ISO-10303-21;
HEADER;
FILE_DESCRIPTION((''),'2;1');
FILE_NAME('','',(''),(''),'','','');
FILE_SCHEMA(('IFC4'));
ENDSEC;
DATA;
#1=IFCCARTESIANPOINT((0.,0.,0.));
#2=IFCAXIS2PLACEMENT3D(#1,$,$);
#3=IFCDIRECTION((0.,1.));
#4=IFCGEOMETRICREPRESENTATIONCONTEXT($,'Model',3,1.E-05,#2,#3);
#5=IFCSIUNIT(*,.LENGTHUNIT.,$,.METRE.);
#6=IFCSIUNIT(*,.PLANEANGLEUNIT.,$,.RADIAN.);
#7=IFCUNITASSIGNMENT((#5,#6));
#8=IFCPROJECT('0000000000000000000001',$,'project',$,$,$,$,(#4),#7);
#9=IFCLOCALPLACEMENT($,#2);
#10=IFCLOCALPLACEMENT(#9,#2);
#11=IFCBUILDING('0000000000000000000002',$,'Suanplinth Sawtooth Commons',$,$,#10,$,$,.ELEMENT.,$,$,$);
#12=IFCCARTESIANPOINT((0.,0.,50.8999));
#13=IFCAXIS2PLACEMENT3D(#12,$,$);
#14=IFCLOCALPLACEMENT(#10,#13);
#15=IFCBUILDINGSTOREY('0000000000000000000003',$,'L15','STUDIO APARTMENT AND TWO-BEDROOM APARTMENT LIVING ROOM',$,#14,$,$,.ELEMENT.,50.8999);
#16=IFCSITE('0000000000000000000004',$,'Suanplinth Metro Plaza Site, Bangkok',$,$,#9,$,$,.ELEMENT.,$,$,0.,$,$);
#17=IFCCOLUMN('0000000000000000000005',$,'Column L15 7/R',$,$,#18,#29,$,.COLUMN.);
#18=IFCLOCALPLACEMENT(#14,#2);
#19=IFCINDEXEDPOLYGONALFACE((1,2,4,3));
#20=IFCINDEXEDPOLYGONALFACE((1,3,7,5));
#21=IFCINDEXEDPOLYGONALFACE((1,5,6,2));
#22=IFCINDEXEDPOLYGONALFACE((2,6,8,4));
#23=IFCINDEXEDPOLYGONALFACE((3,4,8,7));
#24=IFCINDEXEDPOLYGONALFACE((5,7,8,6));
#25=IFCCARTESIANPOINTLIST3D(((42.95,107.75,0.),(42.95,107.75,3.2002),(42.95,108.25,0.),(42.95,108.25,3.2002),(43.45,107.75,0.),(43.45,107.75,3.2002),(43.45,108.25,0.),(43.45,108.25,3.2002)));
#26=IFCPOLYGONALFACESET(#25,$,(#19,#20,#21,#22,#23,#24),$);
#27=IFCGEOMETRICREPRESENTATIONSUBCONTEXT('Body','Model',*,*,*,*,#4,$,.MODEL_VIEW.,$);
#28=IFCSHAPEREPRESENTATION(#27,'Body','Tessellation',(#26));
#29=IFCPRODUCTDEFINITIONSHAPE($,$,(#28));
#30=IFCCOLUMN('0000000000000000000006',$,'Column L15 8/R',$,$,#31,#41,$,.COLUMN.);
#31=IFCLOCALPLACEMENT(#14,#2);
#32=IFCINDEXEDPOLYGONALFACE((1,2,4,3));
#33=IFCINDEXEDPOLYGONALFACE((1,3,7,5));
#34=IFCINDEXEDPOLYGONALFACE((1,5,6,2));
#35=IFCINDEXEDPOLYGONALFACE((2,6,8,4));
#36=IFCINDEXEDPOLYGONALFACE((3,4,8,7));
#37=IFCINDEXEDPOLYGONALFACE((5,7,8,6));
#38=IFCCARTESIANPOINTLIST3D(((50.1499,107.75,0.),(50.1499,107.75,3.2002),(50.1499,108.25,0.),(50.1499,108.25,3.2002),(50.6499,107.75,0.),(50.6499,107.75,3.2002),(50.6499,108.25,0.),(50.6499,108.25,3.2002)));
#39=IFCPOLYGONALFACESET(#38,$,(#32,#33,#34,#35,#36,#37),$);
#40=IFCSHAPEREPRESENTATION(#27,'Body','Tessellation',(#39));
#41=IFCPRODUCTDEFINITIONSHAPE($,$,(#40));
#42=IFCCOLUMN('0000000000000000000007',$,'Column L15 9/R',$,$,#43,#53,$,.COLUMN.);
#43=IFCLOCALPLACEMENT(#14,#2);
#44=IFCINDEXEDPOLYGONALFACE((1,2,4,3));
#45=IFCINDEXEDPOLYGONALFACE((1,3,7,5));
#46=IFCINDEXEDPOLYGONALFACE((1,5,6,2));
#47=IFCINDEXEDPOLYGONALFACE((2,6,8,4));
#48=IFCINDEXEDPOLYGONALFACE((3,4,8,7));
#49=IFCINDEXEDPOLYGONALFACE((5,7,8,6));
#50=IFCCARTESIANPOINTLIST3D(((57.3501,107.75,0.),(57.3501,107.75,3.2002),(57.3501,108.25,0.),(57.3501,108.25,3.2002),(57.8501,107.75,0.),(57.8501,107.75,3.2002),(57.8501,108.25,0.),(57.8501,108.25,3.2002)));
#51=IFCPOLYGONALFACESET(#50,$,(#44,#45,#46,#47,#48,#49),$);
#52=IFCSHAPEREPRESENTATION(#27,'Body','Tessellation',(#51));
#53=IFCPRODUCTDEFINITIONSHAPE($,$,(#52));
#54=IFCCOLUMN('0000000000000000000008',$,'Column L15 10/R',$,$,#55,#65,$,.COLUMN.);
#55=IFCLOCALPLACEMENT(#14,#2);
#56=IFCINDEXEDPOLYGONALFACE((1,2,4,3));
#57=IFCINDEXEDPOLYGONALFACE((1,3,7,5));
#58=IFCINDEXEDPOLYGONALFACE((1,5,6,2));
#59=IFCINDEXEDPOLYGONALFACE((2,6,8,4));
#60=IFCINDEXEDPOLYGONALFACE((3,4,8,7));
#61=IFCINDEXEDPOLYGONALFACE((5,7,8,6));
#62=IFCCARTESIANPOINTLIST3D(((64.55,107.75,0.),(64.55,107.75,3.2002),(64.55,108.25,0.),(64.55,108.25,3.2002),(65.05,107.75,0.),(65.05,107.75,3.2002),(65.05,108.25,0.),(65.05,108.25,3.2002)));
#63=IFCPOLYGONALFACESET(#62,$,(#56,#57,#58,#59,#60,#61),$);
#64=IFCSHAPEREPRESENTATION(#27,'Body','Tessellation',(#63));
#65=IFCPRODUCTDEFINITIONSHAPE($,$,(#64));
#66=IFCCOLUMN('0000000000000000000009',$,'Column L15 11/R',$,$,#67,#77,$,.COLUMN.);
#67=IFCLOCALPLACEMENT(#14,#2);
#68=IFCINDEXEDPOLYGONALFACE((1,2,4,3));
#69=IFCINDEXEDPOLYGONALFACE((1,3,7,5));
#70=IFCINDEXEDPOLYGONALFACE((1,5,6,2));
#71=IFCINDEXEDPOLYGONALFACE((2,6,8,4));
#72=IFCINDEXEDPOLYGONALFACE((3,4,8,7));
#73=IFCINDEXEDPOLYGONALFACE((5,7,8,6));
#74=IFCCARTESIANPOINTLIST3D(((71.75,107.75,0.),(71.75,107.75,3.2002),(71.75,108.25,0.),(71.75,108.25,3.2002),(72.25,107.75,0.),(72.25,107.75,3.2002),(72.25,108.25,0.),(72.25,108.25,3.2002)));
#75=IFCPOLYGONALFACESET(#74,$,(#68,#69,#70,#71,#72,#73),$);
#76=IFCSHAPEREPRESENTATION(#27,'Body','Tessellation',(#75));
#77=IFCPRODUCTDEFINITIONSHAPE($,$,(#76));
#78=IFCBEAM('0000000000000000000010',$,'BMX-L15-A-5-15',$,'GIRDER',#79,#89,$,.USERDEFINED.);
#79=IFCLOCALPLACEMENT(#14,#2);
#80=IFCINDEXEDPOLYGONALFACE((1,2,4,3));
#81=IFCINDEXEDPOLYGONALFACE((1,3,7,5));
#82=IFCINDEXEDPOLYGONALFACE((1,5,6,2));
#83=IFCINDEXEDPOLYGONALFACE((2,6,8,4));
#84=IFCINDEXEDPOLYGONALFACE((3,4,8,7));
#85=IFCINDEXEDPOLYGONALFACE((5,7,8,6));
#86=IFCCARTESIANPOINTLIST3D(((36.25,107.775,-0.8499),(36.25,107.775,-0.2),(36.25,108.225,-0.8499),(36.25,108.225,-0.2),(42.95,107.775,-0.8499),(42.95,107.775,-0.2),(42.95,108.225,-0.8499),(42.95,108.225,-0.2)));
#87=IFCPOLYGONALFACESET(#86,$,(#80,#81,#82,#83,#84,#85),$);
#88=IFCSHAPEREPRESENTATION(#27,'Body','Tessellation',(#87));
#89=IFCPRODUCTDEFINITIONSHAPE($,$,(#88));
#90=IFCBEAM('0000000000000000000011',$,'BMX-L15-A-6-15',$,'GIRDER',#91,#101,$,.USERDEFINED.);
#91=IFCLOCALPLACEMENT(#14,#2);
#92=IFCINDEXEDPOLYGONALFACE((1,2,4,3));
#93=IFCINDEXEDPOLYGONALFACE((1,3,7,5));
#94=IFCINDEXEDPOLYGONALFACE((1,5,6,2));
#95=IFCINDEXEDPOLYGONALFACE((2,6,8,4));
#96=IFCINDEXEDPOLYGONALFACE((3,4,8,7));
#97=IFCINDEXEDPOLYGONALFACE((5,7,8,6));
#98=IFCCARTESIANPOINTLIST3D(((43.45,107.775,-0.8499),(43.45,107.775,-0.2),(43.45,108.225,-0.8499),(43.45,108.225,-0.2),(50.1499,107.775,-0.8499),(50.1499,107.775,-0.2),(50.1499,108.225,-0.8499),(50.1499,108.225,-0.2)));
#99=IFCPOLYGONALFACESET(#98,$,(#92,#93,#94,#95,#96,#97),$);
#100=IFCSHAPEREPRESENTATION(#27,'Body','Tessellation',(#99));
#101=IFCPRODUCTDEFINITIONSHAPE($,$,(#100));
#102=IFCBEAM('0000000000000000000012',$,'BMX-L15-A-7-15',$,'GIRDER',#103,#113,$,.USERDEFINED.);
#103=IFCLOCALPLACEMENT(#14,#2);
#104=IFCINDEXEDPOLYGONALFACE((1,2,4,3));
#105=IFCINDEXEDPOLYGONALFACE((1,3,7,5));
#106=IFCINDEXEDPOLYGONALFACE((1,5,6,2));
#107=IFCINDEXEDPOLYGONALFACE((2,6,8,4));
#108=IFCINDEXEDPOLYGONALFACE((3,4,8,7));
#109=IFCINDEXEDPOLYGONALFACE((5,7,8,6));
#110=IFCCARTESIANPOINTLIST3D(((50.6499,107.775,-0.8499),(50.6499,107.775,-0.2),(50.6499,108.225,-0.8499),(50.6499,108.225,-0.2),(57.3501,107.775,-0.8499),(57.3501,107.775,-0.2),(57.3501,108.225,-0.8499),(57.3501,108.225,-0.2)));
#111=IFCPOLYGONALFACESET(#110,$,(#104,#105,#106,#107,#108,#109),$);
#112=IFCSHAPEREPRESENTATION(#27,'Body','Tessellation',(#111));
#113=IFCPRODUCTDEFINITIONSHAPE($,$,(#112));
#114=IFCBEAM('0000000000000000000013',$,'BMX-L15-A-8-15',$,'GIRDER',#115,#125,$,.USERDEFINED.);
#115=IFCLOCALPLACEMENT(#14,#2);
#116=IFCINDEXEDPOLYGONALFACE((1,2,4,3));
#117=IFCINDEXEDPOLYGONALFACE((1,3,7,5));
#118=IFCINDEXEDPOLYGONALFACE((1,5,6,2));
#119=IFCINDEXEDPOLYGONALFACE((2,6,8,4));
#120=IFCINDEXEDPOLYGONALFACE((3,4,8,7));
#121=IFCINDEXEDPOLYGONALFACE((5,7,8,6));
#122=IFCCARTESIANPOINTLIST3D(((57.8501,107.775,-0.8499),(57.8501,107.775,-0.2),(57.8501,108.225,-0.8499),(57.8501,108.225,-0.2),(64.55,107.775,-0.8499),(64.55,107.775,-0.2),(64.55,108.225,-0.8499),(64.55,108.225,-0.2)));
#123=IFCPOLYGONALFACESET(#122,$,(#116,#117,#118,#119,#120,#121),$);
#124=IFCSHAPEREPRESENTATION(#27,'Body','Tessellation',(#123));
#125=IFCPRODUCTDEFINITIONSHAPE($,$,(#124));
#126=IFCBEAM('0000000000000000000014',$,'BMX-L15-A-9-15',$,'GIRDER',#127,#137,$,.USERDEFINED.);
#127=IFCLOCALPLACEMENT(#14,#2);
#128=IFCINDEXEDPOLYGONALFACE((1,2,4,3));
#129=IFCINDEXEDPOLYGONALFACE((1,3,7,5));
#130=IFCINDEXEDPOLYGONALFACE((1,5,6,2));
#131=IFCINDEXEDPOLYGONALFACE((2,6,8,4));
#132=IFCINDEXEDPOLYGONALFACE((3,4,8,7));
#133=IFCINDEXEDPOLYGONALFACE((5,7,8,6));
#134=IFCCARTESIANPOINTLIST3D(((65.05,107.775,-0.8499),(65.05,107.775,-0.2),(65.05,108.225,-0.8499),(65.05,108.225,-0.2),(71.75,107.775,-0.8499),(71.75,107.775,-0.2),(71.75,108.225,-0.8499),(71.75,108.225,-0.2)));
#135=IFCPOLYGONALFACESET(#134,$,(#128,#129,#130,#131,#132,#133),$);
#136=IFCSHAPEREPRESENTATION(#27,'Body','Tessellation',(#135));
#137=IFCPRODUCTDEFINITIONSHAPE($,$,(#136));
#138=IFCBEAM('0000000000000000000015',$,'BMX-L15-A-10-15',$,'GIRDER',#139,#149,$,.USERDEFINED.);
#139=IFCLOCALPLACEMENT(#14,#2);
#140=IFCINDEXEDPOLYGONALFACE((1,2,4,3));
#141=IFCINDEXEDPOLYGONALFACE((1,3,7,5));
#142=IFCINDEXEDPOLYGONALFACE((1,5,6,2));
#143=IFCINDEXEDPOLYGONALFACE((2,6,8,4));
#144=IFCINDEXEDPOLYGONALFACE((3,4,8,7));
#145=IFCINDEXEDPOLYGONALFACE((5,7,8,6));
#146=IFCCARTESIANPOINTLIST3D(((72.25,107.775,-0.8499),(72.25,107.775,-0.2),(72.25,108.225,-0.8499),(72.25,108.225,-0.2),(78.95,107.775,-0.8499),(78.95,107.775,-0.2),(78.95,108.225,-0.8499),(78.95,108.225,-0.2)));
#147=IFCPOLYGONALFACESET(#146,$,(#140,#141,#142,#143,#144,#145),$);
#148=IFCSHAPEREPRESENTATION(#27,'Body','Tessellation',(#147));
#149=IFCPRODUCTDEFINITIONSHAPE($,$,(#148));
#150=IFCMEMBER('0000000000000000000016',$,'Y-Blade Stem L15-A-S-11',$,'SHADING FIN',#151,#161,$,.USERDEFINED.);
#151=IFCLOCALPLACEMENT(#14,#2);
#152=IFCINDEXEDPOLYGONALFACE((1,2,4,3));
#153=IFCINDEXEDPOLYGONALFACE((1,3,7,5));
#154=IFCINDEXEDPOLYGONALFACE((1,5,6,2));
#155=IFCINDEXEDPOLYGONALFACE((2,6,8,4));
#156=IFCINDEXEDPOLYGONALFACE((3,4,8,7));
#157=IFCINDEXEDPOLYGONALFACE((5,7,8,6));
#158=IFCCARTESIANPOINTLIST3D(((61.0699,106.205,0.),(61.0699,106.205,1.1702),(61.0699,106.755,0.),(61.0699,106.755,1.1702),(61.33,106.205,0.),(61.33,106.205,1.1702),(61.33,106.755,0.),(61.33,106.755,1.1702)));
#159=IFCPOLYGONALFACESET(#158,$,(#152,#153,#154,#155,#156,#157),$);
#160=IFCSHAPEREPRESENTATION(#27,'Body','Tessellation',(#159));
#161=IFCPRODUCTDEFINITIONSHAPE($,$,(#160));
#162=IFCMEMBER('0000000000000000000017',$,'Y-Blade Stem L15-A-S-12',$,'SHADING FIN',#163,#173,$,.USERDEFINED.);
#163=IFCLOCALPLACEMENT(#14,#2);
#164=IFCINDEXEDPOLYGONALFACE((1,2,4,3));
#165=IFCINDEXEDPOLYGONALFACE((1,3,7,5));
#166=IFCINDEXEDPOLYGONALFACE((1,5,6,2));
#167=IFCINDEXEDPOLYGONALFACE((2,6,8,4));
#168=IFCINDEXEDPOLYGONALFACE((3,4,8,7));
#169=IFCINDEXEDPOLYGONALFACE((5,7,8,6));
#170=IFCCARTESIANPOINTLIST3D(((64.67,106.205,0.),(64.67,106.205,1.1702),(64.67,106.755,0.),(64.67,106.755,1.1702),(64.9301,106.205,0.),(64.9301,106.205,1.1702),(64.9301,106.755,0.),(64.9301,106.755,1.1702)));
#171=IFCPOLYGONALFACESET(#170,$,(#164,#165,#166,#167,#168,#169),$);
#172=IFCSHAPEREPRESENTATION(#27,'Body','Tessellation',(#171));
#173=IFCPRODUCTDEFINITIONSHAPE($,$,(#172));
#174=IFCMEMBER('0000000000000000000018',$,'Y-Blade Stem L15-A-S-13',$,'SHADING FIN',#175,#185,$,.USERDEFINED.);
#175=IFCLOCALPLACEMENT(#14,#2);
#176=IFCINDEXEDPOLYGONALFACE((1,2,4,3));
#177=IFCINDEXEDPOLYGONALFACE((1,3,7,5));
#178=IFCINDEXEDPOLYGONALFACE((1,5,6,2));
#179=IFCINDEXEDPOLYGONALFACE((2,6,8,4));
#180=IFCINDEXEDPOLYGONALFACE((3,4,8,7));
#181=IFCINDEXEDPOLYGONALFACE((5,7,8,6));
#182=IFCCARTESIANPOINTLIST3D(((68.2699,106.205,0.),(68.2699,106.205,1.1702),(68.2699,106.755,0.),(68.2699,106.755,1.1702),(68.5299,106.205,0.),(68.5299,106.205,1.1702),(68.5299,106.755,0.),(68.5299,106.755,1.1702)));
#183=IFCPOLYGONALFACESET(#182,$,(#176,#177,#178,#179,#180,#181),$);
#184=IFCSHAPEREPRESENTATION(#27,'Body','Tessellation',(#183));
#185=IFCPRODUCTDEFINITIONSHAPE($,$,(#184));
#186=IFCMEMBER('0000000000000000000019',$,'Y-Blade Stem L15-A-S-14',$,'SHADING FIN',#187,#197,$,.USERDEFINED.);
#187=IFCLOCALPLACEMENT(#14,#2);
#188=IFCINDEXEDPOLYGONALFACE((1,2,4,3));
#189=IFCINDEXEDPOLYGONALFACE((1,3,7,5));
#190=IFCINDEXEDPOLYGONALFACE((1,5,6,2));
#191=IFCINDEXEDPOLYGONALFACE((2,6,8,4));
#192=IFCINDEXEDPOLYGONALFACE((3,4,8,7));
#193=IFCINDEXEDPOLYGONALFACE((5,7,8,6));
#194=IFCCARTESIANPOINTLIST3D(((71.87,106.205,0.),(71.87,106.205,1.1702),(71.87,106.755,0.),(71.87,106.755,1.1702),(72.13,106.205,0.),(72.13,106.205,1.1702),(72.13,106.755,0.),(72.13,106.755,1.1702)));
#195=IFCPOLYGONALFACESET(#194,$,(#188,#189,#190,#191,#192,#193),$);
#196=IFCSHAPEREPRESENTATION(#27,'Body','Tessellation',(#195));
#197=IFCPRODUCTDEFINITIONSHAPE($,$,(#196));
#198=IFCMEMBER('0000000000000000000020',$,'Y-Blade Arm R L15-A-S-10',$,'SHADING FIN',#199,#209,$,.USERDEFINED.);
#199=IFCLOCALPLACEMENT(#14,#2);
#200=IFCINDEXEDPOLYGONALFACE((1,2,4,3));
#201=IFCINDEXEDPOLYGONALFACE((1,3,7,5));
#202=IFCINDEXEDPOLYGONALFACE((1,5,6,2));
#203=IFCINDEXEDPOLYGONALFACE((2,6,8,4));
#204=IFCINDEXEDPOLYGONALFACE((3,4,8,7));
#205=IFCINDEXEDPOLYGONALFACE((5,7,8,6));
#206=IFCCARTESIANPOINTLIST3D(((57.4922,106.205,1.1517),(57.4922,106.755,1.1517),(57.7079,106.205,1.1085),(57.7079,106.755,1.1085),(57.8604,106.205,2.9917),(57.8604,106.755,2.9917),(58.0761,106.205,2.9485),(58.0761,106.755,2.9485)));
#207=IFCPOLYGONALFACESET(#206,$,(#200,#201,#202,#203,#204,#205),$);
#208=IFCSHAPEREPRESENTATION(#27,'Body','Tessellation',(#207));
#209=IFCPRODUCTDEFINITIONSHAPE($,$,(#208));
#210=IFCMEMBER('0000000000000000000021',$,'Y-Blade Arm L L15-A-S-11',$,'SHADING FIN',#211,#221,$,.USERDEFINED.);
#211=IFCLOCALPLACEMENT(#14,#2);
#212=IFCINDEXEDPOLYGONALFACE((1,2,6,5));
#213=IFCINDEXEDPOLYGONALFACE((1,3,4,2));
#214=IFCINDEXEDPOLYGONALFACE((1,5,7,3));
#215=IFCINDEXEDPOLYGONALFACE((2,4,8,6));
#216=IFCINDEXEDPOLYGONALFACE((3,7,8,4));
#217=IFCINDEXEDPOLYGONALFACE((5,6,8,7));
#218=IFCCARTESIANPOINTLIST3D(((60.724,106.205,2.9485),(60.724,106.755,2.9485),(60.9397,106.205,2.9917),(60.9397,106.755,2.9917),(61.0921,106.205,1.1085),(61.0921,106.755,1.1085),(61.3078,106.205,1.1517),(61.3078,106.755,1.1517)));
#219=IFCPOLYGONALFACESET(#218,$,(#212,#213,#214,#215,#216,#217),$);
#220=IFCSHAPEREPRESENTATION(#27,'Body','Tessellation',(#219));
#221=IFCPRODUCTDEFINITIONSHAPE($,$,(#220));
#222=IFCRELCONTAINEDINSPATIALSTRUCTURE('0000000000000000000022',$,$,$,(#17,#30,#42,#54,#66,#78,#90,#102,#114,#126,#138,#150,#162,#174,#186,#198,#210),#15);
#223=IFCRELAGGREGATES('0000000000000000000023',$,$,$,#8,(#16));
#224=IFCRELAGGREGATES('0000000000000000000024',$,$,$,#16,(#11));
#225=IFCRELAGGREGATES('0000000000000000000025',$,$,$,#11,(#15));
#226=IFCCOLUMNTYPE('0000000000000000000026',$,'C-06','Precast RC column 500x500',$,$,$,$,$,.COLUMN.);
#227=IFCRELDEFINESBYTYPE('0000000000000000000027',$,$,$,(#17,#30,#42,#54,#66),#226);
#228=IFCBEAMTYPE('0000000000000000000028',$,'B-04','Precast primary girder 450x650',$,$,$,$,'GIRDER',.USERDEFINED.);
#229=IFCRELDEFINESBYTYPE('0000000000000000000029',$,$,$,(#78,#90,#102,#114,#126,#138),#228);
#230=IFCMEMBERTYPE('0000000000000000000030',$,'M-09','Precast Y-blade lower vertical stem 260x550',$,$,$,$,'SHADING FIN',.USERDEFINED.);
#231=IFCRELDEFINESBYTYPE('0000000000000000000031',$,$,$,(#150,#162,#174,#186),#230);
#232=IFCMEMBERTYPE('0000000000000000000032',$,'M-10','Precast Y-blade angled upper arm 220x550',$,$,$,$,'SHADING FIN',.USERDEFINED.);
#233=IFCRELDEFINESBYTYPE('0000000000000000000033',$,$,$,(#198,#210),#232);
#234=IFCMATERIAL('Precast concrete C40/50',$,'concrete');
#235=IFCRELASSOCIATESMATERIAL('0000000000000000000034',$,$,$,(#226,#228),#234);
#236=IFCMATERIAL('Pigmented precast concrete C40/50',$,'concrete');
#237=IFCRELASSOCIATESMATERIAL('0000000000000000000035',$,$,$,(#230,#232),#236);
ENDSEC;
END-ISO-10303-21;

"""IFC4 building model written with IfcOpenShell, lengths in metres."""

from ifc_helpers import new_model, si_unit, direction, frame, origin, origin_2d, place, context, subcontext, project, spatial, rectangle, extrude, material, material_profile, profile_set, type_object, element, save


model = new_model("IFC4")

# Units and contexts
model_context = context("Model", 3, precision=1e-05, world=origin(), true_north=direction((0.0, 1.0)))
body_context = subcontext(model_context, "Body", "Model", "MODEL_VIEW")
ifc_project = project(units=[si_unit("LENGTHUNIT", "METRE"), si_unit("PLANEANGLEUNIT", "RADIAN")], contexts=[model_context])

# Site, building, storey
site_placement = place(None, origin())
site = spatial("IfcSite", under=ifc_project, at=site_placement, Name="Suanplinth Metro Plaza Site, Bangkok", CompositionType="ELEMENT", RefElevation=0.0)
building_placement = place(site_placement, origin())
building = spatial("IfcBuilding", under=site, at=building_placement, Name="Suanplinth Sawtooth Commons", CompositionType="ELEMENT")
storey_placement = place(building_placement, frame((0.0, 0.0, 50.8999)))
storey = spatial("IfcBuildingStorey", under=building, at=storey_placement, Name="L15", Description="STUDIO APARTMENT AND TWO-BEDROOM APARTMENT LIVING ROOM", CompositionType="ELEMENT", Elevation=50.8999)

# Columns
ifc_material_1 = material(Name="Precast concrete C40/50", Category="concrete")
ifc_material_profile_1 = material_profile(ifc_material_1, rectangle(XDim=0.5, YDim=0.5, at=origin_2d()), Name="PC-COL 500x500")
ifc_profile_set_1 = profile_set([ifc_material_profile_1], Name="Precast concrete C40/50")
column_type = type_object("IfcColumnType", Name="C-06", Description="Precast RC column 500x500", PredefinedType="COLUMN", material=ifc_profile_set_1)
for number, where, z_axis, x_axis, name in (
    (1, (43.2, 108.0, 0.0), (0.0, 0.0, 1.0), (1.0, 0.0, 0.0), "Column L15 7/R"),
    (2, (50.3999, 108.0, 0.0), (0.0, 0.0, 1.0), (1.0, 0.0, 0.0), "Column L15 8/R"),
    (3, (57.6001, 108.0, 0.0), (0.0, 0.0, 1.0), (1.0, 0.0, 0.0), "Column L15 9/R"),
    (4, (64.8, 108.0, 0.0), (0.0, 0.0, 1.0), (1.0, 0.0, 0.0), "Column L15 10/R"),
    (5, (72.0, 108.0, 0.0), (0.0, 0.0, 1.0), (1.0, 0.0, 0.0), "Column L15 11/R"),
):
    element("IfcColumn", number, at=place(storey_placement, frame(where, z_axis=z_axis, x_axis=x_axis)), inside=storey, type_object=column_type, Name=name, PredefinedType="COLUMN", context=body_context, shape_type="SweptSolid", body=[
        extrude(rectangle(XDim=0.5, YDim=0.5, at=origin_2d()), origin(), (0.0, 0.0, 1.0), 3.2002),
    ])

# Beams
ifc_material_profile_2 = material_profile(ifc_material_1, rectangle(XDim=0.45, YDim=0.6499, at=origin_2d()), Name="PC-GDR 450x650")
ifc_profile_set_2 = profile_set([ifc_material_profile_2], Name="Precast concrete C40/50")
beam_type = type_object("IfcBeamType", Name="B-04", Description="Precast primary girder 450x650", ElementType="GIRDER", PredefinedType="USERDEFINED", material=ifc_profile_set_2)
for number, where, z_axis, x_axis, name in (
    (6, (36.25, 108.0, -0.5249), (1.0, 0.0, 0.0), (0.0, 1.0, 0.0), "BMX-L15-A-5-15"),
    (7, (43.45, 108.0, -0.5249), (1.0, 0.0, 0.0), (0.0, 1.0, 0.0), "BMX-L15-A-6-15"),
):
    element("IfcBeam", number, at=place(storey_placement, frame(where, z_axis=z_axis, x_axis=x_axis)), inside=storey, type_object=beam_type, Name=name, ObjectType="GIRDER", PredefinedType="USERDEFINED", context=body_context, shape_type="SweptSolid", body=[
        extrude(rectangle(XDim=0.45, YDim=0.6499, at=origin_2d()), origin(), (0.0, 0.0, 1.0), 6.7),
    ])
beam_placement = place(storey_placement, frame((50.6499, 108.0, -0.5249), z_axis=(1.0, 0.0, 0.0), x_axis=(0.0, 1.0, 0.0)))
element("IfcBeam", 8, at=beam_placement, inside=storey, type_object=beam_type, Name="BMX-L15-A-7-15", ObjectType="GIRDER", PredefinedType="USERDEFINED", context=body_context, shape_type="SweptSolid", body=[
    extrude(rectangle(XDim=0.45, YDim=0.6499, at=origin_2d()), origin(), (0.0, 0.0, 1.0), 6.7002),
])
for number, where, z_axis, x_axis, name in (
    (9, (57.8501, 108.0, -0.5249), (1.0, 0.0, 0.0), (0.0, 1.0, 0.0), "BMX-L15-A-8-15"),
    (10, (65.05, 108.0, -0.5249), (1.0, 0.0, 0.0), (0.0, 1.0, 0.0), "BMX-L15-A-9-15"),
    (11, (72.25, 108.0, -0.5249), (1.0, 0.0, 0.0), (0.0, 1.0, 0.0), "BMX-L15-A-10-15"),
):
    element("IfcBeam", number, at=place(storey_placement, frame(where, z_axis=z_axis, x_axis=x_axis)), inside=storey, type_object=beam_type, Name=name, ObjectType="GIRDER", PredefinedType="USERDEFINED", context=body_context, shape_type="SweptSolid", body=[
        extrude(rectangle(XDim=0.45, YDim=0.6499, at=origin_2d()), origin(), (0.0, 0.0, 1.0), 6.7),
    ])

# Members
ifc_material_2 = material(Name="Pigmented precast concrete C40/50", Category="concrete")
ifc_material_profile_3 = material_profile(ifc_material_2, rectangle(XDim=0.26, YDim=0.55, at=origin_2d()), Name="PC-FIN 260x550")
ifc_profile_set_3 = profile_set([ifc_material_profile_3], Name="Pigmented precast concrete C40/50")
member_type_1 = type_object("IfcMemberType", Name="M-09", Description="Precast Y-blade lower vertical stem 260x550", ElementType="SHADING FIN", PredefinedType="USERDEFINED", material=ifc_profile_set_3)
for number, where, z_axis, x_axis, name in (
    (12, (61.2, 106.48, 0.0), (0.0, 0.0, 1.0), (1.0, 0.0, 0.0), "Y-Blade Stem L15-A-S-11"),
    (13, (64.8, 106.48, 0.0), (0.0, 0.0, 1.0), (1.0, 0.0, 0.0), "Y-Blade Stem L15-A-S-12"),
    (14, (68.3999, 106.48, 0.0), (0.0, 0.0, 1.0), (1.0, 0.0, 0.0), "Y-Blade Stem L15-A-S-13"),
    (15, (72.0, 106.48, 0.0), (0.0, 0.0, 1.0), (1.0, 0.0, 0.0), "Y-Blade Stem L15-A-S-14"),
):
    element("IfcMember", number, at=place(storey_placement, frame(where, z_axis=z_axis, x_axis=x_axis)), inside=storey, type_object=member_type_1, Name=name, ObjectType="SHADING FIN", PredefinedType="USERDEFINED", context=body_context, shape_type="SweptSolid", body=[
        extrude(rectangle(XDim=0.26, YDim=0.55, at=origin_2d()), origin(), (0.0, 0.0, 1.0), 1.1702),
    ])
ifc_material_profile_4 = material_profile(ifc_material_2, rectangle(XDim=0.22, YDim=0.55, at=origin_2d()), Name="PC-FIN 220x550")
ifc_profile_set_4 = profile_set([ifc_material_profile_4], Name="Pigmented precast concrete C40/50")
member_type_2 = type_object("IfcMemberType", Name="M-10", Description="Precast Y-blade angled upper arm 220x550", ElementType="SHADING FIN", PredefinedType="USERDEFINED", material=ifc_profile_set_4)
for number, where, z_axis, x_axis, name in (
    (16, (57.6001, 106.48, 1.1301), (0.196191, 0.0, 0.980566), (-0.980566, 0.0, 0.196191), "Y-Blade Arm R L15-A-S-10"),
    (17, (61.2, 106.48, 1.1301), (-0.196191, 0.0, 0.980566), (0.980566, 0.0, 0.196191), "Y-Blade Arm L L15-A-S-11"),
):
    element("IfcMember", number, at=place(storey_placement, frame(where, z_axis=z_axis, x_axis=x_axis)), inside=storey, type_object=member_type_2, Name=name, ObjectType="SHADING FIN", PredefinedType="USERDEFINED", context=body_context, shape_type="SweptSolid", body=[
        extrude(rectangle(XDim=0.22, YDim=0.55, at=origin_2d()), origin(), (0.0, 0.0, 1.0), 1.8765),
    ])

save(model, "model.ifc")
